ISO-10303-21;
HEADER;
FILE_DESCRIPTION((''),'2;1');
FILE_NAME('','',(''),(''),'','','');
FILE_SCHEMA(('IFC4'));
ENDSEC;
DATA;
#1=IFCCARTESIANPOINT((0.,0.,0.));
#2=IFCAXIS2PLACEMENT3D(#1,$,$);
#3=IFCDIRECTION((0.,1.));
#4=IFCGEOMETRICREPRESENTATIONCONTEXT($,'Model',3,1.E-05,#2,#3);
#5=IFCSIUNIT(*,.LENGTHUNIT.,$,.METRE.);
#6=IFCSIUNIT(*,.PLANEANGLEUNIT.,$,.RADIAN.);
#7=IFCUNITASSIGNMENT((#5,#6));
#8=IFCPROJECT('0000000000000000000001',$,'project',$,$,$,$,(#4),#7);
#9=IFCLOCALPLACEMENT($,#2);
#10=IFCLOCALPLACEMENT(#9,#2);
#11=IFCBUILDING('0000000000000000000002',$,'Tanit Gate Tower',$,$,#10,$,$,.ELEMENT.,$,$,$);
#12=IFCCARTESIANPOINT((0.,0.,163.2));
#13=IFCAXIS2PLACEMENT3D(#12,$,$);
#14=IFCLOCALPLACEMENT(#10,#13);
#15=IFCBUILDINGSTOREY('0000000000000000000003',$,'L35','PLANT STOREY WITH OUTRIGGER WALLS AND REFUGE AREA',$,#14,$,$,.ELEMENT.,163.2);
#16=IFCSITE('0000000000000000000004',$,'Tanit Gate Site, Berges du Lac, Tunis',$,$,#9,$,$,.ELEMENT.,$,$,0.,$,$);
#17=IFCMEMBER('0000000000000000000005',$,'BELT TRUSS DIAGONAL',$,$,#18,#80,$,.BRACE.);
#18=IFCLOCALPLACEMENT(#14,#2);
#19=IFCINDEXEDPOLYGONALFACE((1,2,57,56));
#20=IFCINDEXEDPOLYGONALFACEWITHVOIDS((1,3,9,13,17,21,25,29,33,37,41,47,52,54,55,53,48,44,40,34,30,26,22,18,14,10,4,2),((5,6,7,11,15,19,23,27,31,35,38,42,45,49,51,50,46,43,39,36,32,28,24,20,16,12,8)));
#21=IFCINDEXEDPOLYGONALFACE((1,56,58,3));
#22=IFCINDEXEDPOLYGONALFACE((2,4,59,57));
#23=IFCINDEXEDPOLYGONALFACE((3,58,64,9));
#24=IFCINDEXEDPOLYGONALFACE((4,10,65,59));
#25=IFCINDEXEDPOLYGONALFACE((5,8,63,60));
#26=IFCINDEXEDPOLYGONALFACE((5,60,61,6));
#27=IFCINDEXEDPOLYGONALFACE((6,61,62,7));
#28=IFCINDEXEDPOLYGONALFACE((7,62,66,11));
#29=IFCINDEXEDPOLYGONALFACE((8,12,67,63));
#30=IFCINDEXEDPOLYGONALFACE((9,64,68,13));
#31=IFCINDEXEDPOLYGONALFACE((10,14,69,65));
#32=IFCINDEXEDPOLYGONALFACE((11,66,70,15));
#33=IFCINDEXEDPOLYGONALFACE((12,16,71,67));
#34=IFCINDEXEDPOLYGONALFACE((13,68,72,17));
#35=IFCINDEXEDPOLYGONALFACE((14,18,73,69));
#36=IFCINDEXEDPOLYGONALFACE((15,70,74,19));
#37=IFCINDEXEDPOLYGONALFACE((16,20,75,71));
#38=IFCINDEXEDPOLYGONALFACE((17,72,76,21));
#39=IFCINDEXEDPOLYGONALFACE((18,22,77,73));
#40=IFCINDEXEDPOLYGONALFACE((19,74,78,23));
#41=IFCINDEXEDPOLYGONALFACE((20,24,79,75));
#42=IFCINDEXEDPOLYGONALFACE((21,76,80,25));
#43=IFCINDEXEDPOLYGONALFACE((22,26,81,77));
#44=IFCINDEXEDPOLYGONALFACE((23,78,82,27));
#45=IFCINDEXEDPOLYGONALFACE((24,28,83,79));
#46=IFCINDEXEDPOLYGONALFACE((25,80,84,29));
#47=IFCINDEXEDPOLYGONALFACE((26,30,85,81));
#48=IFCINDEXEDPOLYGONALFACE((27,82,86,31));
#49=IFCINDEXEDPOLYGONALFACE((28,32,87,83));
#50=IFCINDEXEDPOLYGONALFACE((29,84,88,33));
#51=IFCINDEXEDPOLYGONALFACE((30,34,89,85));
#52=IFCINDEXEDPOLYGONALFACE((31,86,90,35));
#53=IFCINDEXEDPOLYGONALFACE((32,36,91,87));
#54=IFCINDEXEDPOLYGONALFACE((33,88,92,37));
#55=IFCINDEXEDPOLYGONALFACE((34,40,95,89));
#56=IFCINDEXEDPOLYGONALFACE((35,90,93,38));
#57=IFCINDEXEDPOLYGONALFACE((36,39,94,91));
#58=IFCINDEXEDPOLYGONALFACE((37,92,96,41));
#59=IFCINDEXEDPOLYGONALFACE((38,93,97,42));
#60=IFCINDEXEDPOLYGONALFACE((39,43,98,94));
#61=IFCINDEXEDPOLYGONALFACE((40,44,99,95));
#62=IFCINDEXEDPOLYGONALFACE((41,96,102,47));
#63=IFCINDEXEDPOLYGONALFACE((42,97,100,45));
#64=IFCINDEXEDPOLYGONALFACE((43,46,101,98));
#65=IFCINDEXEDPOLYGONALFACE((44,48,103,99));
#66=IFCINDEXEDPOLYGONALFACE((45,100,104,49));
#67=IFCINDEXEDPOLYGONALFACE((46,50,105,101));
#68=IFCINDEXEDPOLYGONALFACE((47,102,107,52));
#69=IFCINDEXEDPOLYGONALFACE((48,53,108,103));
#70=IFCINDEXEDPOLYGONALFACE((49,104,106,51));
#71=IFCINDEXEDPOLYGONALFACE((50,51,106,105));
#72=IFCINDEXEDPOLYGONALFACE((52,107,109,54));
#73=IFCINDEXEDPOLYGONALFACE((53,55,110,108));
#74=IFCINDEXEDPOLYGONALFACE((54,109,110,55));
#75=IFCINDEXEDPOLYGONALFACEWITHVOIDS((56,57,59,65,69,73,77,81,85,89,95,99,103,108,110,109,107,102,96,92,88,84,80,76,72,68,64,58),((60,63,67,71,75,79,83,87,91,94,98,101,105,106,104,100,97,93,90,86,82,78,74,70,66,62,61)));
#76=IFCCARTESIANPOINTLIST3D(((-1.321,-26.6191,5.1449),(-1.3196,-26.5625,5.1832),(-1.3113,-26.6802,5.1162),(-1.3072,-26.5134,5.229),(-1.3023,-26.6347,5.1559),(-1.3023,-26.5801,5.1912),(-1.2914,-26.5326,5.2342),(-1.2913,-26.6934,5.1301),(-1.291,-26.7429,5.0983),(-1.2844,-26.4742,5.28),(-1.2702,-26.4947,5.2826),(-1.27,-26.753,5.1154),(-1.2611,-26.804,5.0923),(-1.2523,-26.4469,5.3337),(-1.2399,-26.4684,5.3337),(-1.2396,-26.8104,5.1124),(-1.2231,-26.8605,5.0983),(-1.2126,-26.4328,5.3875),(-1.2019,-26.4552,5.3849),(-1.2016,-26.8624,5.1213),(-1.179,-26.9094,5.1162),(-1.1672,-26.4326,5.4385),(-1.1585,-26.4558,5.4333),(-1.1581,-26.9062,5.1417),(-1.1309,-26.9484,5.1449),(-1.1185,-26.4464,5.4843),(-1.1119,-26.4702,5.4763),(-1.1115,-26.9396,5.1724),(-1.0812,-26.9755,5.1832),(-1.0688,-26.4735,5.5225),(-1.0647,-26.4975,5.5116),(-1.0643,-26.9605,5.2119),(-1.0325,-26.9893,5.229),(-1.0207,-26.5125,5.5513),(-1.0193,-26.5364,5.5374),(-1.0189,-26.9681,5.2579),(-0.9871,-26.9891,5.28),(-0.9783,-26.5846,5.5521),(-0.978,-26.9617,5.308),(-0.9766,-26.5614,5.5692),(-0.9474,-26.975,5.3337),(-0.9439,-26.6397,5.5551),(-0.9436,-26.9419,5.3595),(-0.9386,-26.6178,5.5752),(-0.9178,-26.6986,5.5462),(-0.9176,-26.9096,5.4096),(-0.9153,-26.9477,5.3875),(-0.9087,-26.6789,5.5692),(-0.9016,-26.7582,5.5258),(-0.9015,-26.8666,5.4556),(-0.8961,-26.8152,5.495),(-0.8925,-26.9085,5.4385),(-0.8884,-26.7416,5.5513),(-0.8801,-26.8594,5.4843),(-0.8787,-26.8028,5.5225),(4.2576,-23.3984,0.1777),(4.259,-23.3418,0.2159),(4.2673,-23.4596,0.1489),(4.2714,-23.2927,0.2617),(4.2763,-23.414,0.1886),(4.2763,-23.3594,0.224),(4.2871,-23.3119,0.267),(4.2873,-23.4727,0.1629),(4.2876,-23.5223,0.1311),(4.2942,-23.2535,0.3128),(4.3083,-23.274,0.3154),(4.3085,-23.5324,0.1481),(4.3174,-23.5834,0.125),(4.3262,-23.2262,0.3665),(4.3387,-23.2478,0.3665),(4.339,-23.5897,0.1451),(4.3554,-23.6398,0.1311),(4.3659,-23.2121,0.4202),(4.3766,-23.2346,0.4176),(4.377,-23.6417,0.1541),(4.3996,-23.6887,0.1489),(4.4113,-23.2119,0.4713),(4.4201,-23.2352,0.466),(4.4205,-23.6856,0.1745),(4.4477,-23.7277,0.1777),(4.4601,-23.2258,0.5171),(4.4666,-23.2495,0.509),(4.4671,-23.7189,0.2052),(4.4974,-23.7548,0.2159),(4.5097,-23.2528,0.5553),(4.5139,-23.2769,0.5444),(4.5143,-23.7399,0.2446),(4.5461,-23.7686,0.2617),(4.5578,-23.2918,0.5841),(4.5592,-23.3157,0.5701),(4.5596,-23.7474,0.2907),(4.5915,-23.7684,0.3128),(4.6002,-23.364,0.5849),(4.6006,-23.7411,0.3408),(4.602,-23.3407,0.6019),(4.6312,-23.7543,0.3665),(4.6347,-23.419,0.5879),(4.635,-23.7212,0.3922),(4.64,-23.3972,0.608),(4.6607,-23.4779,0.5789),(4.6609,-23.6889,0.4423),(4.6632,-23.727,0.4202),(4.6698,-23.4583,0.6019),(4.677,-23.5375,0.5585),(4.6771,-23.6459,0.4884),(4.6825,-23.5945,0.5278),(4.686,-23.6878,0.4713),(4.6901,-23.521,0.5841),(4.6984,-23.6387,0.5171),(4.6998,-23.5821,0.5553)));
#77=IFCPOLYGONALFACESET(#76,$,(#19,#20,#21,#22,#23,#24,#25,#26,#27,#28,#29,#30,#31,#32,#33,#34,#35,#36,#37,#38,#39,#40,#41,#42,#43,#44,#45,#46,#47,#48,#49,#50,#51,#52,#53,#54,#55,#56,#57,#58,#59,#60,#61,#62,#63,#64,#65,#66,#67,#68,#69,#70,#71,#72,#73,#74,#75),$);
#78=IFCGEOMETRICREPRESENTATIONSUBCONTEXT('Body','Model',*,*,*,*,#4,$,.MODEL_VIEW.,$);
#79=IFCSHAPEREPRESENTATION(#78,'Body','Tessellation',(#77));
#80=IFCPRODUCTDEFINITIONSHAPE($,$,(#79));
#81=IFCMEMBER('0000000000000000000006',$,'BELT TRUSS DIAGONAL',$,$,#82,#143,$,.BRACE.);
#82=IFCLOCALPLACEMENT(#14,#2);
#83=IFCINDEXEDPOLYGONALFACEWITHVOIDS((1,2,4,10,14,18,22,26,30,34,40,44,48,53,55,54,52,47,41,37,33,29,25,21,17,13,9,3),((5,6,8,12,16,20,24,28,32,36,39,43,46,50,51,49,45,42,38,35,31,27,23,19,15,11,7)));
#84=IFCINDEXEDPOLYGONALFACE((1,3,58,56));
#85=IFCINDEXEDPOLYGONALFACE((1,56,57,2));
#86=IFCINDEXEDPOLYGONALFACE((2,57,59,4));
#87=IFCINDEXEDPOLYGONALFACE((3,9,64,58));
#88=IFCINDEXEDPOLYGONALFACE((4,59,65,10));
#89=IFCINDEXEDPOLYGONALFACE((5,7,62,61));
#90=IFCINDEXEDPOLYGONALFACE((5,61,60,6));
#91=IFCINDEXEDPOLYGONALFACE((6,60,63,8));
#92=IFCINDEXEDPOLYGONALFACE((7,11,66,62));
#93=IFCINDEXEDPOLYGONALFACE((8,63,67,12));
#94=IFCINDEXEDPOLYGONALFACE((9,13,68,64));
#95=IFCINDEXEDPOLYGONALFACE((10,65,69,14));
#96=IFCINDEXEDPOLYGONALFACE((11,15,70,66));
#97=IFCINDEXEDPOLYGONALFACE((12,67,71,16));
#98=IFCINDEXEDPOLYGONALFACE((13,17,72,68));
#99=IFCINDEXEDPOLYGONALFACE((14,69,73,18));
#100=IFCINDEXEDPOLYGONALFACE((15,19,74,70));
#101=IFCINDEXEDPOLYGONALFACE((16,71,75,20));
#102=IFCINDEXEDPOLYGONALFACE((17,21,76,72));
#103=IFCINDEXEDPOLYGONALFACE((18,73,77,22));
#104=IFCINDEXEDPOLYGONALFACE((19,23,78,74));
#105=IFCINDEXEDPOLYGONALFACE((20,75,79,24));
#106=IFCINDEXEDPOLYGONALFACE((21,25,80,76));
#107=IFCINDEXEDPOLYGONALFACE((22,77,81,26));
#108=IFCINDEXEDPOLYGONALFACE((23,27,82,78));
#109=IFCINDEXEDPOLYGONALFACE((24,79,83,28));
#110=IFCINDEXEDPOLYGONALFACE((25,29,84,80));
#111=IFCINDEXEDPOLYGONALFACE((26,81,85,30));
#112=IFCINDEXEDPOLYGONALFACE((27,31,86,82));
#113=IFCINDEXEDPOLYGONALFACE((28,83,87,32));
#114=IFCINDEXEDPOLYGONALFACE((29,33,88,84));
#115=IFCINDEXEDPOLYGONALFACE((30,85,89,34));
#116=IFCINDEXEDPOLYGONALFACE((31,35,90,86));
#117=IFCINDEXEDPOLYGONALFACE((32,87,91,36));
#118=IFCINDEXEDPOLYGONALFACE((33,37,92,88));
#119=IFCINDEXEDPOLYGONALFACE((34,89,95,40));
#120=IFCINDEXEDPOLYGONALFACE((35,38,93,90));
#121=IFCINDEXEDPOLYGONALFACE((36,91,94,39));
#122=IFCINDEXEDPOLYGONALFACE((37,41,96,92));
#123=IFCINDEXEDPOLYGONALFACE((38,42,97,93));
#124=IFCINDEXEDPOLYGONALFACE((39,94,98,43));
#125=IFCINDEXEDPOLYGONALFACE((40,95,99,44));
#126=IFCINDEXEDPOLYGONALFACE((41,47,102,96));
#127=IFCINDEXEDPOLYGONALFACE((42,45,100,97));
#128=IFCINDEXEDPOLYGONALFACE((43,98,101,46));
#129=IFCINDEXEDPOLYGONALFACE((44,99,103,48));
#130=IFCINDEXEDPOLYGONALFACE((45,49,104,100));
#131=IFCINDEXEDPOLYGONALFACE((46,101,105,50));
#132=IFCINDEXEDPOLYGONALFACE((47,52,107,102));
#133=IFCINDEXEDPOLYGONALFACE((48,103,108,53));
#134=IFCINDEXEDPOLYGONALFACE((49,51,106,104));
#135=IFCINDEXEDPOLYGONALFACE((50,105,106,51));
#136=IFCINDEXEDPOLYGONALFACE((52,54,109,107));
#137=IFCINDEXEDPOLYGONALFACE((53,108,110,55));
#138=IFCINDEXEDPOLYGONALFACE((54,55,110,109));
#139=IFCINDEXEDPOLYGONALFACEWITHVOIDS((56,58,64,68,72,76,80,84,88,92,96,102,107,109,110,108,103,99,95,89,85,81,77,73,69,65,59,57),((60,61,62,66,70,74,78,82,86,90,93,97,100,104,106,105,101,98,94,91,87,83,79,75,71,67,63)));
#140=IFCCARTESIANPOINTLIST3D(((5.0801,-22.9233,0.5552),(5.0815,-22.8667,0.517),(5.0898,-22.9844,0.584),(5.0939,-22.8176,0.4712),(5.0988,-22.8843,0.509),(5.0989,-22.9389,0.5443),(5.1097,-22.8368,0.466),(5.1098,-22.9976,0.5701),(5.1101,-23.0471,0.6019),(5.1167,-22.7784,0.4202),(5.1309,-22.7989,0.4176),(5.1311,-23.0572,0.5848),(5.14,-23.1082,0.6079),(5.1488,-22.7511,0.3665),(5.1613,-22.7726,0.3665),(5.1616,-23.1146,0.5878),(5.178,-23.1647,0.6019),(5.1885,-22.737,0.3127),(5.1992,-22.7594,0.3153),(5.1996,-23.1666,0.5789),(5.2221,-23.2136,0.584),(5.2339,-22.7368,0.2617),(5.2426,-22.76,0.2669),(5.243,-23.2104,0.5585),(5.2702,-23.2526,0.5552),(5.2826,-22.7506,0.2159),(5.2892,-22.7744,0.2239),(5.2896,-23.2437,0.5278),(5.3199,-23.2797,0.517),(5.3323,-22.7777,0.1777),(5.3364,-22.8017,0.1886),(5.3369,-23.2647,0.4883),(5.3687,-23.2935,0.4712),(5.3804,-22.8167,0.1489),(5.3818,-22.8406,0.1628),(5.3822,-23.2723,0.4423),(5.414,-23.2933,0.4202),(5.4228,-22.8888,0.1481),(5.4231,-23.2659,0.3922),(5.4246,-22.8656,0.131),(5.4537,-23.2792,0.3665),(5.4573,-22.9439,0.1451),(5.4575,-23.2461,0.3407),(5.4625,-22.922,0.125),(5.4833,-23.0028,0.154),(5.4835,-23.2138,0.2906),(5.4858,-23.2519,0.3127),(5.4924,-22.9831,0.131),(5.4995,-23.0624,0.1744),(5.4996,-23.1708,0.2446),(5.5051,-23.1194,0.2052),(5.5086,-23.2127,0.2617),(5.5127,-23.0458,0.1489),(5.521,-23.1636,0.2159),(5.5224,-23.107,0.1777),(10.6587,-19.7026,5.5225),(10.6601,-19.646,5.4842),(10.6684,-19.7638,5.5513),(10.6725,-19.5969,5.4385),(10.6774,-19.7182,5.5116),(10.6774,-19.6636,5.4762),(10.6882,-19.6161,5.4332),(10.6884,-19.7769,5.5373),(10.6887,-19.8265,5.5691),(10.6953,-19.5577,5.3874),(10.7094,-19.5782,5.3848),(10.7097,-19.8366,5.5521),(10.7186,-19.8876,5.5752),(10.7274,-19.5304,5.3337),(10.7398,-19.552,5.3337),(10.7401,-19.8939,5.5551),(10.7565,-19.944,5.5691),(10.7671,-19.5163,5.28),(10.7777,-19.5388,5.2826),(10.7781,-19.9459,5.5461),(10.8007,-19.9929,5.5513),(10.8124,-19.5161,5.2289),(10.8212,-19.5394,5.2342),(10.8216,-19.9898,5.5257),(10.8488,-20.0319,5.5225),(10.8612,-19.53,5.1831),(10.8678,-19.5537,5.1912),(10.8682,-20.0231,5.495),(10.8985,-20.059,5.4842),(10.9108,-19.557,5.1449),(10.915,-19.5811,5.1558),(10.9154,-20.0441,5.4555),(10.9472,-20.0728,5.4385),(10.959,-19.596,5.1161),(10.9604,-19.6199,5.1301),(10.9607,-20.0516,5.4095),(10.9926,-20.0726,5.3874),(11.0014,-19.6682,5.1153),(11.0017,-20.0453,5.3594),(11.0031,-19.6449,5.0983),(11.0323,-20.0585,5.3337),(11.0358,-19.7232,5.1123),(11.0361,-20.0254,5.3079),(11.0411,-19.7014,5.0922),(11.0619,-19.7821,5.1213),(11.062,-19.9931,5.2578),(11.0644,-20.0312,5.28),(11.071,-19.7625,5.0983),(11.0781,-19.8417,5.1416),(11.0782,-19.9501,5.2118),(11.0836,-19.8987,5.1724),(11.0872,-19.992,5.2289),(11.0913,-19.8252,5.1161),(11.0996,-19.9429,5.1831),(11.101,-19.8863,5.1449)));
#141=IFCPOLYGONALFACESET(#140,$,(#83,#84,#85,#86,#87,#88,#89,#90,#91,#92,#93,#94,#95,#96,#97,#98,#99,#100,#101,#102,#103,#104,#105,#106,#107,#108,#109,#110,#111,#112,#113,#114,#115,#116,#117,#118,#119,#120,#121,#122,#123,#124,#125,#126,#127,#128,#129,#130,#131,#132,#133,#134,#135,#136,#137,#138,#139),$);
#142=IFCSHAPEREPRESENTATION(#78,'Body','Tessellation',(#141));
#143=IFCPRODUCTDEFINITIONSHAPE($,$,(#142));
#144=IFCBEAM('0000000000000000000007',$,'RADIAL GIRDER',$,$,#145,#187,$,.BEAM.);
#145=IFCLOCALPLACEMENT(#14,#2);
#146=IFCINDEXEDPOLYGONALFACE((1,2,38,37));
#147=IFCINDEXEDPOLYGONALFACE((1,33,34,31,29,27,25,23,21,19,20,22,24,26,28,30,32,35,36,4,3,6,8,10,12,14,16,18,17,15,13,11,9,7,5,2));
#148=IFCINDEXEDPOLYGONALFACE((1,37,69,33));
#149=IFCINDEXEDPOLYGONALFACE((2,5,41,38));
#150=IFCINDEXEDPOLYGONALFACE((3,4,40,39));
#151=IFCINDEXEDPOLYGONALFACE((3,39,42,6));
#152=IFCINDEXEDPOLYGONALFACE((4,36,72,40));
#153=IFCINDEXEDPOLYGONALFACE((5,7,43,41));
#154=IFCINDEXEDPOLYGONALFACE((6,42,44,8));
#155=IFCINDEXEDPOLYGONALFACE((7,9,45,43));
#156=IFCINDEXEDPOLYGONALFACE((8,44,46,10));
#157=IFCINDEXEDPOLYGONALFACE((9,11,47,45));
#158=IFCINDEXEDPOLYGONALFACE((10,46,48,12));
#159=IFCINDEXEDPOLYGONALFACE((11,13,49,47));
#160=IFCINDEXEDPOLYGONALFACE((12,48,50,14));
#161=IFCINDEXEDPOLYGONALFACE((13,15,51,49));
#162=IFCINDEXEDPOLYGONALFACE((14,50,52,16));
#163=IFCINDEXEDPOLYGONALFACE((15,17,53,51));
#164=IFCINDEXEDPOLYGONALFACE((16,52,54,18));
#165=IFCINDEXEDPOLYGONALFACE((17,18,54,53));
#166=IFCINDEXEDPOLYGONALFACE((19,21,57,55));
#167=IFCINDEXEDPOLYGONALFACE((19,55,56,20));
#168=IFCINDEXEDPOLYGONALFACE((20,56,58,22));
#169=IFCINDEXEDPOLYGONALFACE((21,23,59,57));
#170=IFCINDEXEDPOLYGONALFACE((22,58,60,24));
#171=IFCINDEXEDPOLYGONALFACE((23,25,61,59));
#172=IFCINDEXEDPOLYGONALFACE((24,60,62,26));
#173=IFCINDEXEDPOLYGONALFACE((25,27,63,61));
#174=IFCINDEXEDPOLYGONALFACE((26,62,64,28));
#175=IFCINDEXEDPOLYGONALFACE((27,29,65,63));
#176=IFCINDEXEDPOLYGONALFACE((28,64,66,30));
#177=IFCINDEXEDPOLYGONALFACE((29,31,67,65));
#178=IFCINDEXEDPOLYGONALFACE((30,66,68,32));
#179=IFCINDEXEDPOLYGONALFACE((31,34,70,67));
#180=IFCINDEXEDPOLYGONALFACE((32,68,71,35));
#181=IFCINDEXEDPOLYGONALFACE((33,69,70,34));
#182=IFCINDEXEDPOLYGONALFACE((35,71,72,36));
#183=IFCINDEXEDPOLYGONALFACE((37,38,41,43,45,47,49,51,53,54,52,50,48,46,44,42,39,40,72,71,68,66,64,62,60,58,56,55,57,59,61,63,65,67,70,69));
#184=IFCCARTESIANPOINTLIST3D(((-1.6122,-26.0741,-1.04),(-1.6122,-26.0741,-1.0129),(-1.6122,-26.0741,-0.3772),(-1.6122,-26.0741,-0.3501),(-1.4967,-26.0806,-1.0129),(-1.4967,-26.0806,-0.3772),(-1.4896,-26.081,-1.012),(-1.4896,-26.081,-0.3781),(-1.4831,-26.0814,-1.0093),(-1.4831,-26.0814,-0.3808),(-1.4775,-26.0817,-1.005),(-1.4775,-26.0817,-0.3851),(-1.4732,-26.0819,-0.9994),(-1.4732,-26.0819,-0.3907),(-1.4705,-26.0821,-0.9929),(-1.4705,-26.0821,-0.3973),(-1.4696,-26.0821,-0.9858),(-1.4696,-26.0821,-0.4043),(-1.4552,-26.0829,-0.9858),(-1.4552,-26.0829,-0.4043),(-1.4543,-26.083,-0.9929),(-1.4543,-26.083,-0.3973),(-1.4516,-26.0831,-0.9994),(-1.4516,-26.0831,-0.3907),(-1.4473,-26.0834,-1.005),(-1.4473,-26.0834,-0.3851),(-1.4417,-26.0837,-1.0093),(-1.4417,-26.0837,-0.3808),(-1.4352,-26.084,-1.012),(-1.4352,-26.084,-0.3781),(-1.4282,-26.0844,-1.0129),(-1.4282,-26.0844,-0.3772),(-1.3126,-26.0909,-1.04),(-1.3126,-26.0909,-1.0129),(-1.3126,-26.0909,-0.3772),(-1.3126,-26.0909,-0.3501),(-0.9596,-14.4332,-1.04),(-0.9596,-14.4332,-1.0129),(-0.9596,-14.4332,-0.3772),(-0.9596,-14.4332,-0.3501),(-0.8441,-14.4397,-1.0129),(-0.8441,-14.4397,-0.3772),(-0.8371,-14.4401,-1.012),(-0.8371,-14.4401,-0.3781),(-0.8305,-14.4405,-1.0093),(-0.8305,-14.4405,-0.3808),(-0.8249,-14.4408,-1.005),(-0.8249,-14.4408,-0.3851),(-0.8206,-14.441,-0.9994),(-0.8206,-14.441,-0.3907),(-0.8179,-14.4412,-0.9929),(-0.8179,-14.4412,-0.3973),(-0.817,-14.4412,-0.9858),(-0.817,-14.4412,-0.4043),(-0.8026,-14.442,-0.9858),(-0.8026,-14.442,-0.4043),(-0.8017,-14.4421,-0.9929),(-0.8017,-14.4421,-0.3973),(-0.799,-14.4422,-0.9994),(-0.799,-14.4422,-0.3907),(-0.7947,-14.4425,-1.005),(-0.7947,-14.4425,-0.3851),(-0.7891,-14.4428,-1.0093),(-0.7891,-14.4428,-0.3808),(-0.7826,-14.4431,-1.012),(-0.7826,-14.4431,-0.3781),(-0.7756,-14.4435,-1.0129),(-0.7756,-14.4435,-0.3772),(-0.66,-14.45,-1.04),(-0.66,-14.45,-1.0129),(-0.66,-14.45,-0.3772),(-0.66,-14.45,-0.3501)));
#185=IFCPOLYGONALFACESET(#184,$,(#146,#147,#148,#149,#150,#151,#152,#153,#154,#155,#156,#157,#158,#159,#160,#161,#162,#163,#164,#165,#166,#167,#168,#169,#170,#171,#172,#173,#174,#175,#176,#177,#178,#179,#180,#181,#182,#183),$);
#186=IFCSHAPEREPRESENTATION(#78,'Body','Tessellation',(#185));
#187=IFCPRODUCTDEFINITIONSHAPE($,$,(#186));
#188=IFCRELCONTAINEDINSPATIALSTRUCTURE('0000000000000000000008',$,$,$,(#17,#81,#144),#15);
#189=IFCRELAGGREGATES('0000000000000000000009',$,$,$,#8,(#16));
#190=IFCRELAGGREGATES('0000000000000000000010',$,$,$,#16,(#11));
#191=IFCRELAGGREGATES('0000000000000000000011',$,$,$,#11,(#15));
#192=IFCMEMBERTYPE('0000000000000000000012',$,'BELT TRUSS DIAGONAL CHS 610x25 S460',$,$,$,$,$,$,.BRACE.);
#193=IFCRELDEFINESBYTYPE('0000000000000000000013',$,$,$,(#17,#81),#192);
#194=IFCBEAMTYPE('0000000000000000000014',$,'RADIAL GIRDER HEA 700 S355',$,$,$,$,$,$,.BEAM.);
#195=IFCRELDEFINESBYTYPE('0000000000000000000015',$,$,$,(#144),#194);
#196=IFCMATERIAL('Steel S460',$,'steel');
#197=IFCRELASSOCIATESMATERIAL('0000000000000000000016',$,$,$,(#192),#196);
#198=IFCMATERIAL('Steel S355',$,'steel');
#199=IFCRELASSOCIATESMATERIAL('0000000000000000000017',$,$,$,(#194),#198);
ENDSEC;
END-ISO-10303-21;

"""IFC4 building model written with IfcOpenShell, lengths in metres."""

from ifc_helpers import new_model, si_unit, direction, frame, origin, origin_2d, place, context, subcontext, project, spatial, hollow_circle, i_section, extrude, material, material_profile, profile_set, type_object, element, save


model = new_model("IFC4")

# Units and contexts
model_context = context("Model", 3, precision=1e-05, world=origin(), true_north=direction((0.0, 1.0)))
body_context = subcontext(model_context, "Body", "Model", "MODEL_VIEW")
ifc_project = project(units=[si_unit("LENGTHUNIT", "METRE"), si_unit("PLANEANGLEUNIT", "RADIAN")], contexts=[model_context])

# Site, building, storey
site_placement = place(None, origin())
site = spatial("IfcSite", under=ifc_project, at=site_placement, Name="Tanit Gate Site, Berges du Lac, Tunis", CompositionType="ELEMENT", RefElevation=0.0)
building_placement = place(site_placement, origin())
building = spatial("IfcBuilding", under=site, at=building_placement, Name="Tanit Gate Tower", CompositionType="ELEMENT")
storey_placement = place(building_placement, frame((0.0, 0.0, 163.2)))
storey = spatial("IfcBuildingStorey", under=building, at=storey_placement, Name="L35", Description="PLANT STOREY WITH OUTRIGGER WALLS AND REFUGE AREA", CompositionType="ELEMENT", Elevation=163.2)

# Members
ifc_material_1 = material(Name="Steel S460", Category="steel")
ifc_material_profile_1 = material_profile(ifc_material_1, hollow_circle(Radius=0.3049, WallThickness=0.0249, at=origin_2d()), Name="CHS 610x25")
ifc_profile_set_1 = profile_set([ifc_material_profile_1], Name="Steel S460")
member_type = type_object("IfcMemberType", Name="BELT TRUSS DIAGONAL CHS 610x25 S460", PredefinedType="BRACE", material=ifc_profile_set_1)
for number, where, z_axis, x_axis, name in (
    (1, (-1.0999, -26.7109, 5.3337), (0.685809, 0.395938, -0.610655), (-0.499987, 0.866033, 0.0), "BELT TRUSS DIAGONAL"),
    (2, (5.3013, -23.0151, 0.3665), (0.685809, 0.395938, 0.610655), (-0.499987, 0.866033, 0.0), "BELT TRUSS DIAGONAL"),
):
    element("IfcMember", number, at=place(storey_placement, frame(where, z_axis=z_axis, x_axis=x_axis)), inside=storey, type_object=member_type, Name=name, PredefinedType="BRACE", context=body_context, shape_type="SweptSolid", body=[
        extrude(hollow_circle(Radius=0.3049, WallThickness=0.0249, at=origin_2d()), origin(), (0.0, 0.0, 1.0), 8.1343),
    ])

# Beam
ifc_material_2 = material(Name="Steel S355", Category="steel")
ifc_material_profile_2 = material_profile(ifc_material_2, i_section(OverallWidth=0.3, OverallDepth=0.6899, WebThickness=0.0144, FlangeThickness=0.0271, FilletRadius=0.0271, at=origin_2d()), Name="HEA 700")
ifc_profile_set_2 = profile_set([ifc_material_profile_2], Name="Steel S355")
beam_type_1 = type_object("IfcBeamType", Name="RADIAL GIRDER HEA 700 S355", PredefinedType="BEAM", material=ifc_profile_set_2)
beam_1_placement = place(storey_placement, frame((-1.4624, -26.0825, -0.6951), z_axis=(0.055972, 0.998432, 0.0), x_axis=(-0.998432, 0.055972, 0.0)))
element("IfcBeam", 3, at=beam_1_placement, inside=storey, type_object=beam_type_1, Name="RADIAL GIRDER", PredefinedType="BEAM", context=body_context, shape_type="SweptSolid", body=[
    extrude(i_section(OverallWidth=0.3, OverallDepth=0.6899, WebThickness=0.0144, FlangeThickness=0.0271, FilletRadius=0.0271, at=origin_2d()), origin(), (0.0, 0.0, 1.0), 11.6592),
])

save(model, "model.ifc")
